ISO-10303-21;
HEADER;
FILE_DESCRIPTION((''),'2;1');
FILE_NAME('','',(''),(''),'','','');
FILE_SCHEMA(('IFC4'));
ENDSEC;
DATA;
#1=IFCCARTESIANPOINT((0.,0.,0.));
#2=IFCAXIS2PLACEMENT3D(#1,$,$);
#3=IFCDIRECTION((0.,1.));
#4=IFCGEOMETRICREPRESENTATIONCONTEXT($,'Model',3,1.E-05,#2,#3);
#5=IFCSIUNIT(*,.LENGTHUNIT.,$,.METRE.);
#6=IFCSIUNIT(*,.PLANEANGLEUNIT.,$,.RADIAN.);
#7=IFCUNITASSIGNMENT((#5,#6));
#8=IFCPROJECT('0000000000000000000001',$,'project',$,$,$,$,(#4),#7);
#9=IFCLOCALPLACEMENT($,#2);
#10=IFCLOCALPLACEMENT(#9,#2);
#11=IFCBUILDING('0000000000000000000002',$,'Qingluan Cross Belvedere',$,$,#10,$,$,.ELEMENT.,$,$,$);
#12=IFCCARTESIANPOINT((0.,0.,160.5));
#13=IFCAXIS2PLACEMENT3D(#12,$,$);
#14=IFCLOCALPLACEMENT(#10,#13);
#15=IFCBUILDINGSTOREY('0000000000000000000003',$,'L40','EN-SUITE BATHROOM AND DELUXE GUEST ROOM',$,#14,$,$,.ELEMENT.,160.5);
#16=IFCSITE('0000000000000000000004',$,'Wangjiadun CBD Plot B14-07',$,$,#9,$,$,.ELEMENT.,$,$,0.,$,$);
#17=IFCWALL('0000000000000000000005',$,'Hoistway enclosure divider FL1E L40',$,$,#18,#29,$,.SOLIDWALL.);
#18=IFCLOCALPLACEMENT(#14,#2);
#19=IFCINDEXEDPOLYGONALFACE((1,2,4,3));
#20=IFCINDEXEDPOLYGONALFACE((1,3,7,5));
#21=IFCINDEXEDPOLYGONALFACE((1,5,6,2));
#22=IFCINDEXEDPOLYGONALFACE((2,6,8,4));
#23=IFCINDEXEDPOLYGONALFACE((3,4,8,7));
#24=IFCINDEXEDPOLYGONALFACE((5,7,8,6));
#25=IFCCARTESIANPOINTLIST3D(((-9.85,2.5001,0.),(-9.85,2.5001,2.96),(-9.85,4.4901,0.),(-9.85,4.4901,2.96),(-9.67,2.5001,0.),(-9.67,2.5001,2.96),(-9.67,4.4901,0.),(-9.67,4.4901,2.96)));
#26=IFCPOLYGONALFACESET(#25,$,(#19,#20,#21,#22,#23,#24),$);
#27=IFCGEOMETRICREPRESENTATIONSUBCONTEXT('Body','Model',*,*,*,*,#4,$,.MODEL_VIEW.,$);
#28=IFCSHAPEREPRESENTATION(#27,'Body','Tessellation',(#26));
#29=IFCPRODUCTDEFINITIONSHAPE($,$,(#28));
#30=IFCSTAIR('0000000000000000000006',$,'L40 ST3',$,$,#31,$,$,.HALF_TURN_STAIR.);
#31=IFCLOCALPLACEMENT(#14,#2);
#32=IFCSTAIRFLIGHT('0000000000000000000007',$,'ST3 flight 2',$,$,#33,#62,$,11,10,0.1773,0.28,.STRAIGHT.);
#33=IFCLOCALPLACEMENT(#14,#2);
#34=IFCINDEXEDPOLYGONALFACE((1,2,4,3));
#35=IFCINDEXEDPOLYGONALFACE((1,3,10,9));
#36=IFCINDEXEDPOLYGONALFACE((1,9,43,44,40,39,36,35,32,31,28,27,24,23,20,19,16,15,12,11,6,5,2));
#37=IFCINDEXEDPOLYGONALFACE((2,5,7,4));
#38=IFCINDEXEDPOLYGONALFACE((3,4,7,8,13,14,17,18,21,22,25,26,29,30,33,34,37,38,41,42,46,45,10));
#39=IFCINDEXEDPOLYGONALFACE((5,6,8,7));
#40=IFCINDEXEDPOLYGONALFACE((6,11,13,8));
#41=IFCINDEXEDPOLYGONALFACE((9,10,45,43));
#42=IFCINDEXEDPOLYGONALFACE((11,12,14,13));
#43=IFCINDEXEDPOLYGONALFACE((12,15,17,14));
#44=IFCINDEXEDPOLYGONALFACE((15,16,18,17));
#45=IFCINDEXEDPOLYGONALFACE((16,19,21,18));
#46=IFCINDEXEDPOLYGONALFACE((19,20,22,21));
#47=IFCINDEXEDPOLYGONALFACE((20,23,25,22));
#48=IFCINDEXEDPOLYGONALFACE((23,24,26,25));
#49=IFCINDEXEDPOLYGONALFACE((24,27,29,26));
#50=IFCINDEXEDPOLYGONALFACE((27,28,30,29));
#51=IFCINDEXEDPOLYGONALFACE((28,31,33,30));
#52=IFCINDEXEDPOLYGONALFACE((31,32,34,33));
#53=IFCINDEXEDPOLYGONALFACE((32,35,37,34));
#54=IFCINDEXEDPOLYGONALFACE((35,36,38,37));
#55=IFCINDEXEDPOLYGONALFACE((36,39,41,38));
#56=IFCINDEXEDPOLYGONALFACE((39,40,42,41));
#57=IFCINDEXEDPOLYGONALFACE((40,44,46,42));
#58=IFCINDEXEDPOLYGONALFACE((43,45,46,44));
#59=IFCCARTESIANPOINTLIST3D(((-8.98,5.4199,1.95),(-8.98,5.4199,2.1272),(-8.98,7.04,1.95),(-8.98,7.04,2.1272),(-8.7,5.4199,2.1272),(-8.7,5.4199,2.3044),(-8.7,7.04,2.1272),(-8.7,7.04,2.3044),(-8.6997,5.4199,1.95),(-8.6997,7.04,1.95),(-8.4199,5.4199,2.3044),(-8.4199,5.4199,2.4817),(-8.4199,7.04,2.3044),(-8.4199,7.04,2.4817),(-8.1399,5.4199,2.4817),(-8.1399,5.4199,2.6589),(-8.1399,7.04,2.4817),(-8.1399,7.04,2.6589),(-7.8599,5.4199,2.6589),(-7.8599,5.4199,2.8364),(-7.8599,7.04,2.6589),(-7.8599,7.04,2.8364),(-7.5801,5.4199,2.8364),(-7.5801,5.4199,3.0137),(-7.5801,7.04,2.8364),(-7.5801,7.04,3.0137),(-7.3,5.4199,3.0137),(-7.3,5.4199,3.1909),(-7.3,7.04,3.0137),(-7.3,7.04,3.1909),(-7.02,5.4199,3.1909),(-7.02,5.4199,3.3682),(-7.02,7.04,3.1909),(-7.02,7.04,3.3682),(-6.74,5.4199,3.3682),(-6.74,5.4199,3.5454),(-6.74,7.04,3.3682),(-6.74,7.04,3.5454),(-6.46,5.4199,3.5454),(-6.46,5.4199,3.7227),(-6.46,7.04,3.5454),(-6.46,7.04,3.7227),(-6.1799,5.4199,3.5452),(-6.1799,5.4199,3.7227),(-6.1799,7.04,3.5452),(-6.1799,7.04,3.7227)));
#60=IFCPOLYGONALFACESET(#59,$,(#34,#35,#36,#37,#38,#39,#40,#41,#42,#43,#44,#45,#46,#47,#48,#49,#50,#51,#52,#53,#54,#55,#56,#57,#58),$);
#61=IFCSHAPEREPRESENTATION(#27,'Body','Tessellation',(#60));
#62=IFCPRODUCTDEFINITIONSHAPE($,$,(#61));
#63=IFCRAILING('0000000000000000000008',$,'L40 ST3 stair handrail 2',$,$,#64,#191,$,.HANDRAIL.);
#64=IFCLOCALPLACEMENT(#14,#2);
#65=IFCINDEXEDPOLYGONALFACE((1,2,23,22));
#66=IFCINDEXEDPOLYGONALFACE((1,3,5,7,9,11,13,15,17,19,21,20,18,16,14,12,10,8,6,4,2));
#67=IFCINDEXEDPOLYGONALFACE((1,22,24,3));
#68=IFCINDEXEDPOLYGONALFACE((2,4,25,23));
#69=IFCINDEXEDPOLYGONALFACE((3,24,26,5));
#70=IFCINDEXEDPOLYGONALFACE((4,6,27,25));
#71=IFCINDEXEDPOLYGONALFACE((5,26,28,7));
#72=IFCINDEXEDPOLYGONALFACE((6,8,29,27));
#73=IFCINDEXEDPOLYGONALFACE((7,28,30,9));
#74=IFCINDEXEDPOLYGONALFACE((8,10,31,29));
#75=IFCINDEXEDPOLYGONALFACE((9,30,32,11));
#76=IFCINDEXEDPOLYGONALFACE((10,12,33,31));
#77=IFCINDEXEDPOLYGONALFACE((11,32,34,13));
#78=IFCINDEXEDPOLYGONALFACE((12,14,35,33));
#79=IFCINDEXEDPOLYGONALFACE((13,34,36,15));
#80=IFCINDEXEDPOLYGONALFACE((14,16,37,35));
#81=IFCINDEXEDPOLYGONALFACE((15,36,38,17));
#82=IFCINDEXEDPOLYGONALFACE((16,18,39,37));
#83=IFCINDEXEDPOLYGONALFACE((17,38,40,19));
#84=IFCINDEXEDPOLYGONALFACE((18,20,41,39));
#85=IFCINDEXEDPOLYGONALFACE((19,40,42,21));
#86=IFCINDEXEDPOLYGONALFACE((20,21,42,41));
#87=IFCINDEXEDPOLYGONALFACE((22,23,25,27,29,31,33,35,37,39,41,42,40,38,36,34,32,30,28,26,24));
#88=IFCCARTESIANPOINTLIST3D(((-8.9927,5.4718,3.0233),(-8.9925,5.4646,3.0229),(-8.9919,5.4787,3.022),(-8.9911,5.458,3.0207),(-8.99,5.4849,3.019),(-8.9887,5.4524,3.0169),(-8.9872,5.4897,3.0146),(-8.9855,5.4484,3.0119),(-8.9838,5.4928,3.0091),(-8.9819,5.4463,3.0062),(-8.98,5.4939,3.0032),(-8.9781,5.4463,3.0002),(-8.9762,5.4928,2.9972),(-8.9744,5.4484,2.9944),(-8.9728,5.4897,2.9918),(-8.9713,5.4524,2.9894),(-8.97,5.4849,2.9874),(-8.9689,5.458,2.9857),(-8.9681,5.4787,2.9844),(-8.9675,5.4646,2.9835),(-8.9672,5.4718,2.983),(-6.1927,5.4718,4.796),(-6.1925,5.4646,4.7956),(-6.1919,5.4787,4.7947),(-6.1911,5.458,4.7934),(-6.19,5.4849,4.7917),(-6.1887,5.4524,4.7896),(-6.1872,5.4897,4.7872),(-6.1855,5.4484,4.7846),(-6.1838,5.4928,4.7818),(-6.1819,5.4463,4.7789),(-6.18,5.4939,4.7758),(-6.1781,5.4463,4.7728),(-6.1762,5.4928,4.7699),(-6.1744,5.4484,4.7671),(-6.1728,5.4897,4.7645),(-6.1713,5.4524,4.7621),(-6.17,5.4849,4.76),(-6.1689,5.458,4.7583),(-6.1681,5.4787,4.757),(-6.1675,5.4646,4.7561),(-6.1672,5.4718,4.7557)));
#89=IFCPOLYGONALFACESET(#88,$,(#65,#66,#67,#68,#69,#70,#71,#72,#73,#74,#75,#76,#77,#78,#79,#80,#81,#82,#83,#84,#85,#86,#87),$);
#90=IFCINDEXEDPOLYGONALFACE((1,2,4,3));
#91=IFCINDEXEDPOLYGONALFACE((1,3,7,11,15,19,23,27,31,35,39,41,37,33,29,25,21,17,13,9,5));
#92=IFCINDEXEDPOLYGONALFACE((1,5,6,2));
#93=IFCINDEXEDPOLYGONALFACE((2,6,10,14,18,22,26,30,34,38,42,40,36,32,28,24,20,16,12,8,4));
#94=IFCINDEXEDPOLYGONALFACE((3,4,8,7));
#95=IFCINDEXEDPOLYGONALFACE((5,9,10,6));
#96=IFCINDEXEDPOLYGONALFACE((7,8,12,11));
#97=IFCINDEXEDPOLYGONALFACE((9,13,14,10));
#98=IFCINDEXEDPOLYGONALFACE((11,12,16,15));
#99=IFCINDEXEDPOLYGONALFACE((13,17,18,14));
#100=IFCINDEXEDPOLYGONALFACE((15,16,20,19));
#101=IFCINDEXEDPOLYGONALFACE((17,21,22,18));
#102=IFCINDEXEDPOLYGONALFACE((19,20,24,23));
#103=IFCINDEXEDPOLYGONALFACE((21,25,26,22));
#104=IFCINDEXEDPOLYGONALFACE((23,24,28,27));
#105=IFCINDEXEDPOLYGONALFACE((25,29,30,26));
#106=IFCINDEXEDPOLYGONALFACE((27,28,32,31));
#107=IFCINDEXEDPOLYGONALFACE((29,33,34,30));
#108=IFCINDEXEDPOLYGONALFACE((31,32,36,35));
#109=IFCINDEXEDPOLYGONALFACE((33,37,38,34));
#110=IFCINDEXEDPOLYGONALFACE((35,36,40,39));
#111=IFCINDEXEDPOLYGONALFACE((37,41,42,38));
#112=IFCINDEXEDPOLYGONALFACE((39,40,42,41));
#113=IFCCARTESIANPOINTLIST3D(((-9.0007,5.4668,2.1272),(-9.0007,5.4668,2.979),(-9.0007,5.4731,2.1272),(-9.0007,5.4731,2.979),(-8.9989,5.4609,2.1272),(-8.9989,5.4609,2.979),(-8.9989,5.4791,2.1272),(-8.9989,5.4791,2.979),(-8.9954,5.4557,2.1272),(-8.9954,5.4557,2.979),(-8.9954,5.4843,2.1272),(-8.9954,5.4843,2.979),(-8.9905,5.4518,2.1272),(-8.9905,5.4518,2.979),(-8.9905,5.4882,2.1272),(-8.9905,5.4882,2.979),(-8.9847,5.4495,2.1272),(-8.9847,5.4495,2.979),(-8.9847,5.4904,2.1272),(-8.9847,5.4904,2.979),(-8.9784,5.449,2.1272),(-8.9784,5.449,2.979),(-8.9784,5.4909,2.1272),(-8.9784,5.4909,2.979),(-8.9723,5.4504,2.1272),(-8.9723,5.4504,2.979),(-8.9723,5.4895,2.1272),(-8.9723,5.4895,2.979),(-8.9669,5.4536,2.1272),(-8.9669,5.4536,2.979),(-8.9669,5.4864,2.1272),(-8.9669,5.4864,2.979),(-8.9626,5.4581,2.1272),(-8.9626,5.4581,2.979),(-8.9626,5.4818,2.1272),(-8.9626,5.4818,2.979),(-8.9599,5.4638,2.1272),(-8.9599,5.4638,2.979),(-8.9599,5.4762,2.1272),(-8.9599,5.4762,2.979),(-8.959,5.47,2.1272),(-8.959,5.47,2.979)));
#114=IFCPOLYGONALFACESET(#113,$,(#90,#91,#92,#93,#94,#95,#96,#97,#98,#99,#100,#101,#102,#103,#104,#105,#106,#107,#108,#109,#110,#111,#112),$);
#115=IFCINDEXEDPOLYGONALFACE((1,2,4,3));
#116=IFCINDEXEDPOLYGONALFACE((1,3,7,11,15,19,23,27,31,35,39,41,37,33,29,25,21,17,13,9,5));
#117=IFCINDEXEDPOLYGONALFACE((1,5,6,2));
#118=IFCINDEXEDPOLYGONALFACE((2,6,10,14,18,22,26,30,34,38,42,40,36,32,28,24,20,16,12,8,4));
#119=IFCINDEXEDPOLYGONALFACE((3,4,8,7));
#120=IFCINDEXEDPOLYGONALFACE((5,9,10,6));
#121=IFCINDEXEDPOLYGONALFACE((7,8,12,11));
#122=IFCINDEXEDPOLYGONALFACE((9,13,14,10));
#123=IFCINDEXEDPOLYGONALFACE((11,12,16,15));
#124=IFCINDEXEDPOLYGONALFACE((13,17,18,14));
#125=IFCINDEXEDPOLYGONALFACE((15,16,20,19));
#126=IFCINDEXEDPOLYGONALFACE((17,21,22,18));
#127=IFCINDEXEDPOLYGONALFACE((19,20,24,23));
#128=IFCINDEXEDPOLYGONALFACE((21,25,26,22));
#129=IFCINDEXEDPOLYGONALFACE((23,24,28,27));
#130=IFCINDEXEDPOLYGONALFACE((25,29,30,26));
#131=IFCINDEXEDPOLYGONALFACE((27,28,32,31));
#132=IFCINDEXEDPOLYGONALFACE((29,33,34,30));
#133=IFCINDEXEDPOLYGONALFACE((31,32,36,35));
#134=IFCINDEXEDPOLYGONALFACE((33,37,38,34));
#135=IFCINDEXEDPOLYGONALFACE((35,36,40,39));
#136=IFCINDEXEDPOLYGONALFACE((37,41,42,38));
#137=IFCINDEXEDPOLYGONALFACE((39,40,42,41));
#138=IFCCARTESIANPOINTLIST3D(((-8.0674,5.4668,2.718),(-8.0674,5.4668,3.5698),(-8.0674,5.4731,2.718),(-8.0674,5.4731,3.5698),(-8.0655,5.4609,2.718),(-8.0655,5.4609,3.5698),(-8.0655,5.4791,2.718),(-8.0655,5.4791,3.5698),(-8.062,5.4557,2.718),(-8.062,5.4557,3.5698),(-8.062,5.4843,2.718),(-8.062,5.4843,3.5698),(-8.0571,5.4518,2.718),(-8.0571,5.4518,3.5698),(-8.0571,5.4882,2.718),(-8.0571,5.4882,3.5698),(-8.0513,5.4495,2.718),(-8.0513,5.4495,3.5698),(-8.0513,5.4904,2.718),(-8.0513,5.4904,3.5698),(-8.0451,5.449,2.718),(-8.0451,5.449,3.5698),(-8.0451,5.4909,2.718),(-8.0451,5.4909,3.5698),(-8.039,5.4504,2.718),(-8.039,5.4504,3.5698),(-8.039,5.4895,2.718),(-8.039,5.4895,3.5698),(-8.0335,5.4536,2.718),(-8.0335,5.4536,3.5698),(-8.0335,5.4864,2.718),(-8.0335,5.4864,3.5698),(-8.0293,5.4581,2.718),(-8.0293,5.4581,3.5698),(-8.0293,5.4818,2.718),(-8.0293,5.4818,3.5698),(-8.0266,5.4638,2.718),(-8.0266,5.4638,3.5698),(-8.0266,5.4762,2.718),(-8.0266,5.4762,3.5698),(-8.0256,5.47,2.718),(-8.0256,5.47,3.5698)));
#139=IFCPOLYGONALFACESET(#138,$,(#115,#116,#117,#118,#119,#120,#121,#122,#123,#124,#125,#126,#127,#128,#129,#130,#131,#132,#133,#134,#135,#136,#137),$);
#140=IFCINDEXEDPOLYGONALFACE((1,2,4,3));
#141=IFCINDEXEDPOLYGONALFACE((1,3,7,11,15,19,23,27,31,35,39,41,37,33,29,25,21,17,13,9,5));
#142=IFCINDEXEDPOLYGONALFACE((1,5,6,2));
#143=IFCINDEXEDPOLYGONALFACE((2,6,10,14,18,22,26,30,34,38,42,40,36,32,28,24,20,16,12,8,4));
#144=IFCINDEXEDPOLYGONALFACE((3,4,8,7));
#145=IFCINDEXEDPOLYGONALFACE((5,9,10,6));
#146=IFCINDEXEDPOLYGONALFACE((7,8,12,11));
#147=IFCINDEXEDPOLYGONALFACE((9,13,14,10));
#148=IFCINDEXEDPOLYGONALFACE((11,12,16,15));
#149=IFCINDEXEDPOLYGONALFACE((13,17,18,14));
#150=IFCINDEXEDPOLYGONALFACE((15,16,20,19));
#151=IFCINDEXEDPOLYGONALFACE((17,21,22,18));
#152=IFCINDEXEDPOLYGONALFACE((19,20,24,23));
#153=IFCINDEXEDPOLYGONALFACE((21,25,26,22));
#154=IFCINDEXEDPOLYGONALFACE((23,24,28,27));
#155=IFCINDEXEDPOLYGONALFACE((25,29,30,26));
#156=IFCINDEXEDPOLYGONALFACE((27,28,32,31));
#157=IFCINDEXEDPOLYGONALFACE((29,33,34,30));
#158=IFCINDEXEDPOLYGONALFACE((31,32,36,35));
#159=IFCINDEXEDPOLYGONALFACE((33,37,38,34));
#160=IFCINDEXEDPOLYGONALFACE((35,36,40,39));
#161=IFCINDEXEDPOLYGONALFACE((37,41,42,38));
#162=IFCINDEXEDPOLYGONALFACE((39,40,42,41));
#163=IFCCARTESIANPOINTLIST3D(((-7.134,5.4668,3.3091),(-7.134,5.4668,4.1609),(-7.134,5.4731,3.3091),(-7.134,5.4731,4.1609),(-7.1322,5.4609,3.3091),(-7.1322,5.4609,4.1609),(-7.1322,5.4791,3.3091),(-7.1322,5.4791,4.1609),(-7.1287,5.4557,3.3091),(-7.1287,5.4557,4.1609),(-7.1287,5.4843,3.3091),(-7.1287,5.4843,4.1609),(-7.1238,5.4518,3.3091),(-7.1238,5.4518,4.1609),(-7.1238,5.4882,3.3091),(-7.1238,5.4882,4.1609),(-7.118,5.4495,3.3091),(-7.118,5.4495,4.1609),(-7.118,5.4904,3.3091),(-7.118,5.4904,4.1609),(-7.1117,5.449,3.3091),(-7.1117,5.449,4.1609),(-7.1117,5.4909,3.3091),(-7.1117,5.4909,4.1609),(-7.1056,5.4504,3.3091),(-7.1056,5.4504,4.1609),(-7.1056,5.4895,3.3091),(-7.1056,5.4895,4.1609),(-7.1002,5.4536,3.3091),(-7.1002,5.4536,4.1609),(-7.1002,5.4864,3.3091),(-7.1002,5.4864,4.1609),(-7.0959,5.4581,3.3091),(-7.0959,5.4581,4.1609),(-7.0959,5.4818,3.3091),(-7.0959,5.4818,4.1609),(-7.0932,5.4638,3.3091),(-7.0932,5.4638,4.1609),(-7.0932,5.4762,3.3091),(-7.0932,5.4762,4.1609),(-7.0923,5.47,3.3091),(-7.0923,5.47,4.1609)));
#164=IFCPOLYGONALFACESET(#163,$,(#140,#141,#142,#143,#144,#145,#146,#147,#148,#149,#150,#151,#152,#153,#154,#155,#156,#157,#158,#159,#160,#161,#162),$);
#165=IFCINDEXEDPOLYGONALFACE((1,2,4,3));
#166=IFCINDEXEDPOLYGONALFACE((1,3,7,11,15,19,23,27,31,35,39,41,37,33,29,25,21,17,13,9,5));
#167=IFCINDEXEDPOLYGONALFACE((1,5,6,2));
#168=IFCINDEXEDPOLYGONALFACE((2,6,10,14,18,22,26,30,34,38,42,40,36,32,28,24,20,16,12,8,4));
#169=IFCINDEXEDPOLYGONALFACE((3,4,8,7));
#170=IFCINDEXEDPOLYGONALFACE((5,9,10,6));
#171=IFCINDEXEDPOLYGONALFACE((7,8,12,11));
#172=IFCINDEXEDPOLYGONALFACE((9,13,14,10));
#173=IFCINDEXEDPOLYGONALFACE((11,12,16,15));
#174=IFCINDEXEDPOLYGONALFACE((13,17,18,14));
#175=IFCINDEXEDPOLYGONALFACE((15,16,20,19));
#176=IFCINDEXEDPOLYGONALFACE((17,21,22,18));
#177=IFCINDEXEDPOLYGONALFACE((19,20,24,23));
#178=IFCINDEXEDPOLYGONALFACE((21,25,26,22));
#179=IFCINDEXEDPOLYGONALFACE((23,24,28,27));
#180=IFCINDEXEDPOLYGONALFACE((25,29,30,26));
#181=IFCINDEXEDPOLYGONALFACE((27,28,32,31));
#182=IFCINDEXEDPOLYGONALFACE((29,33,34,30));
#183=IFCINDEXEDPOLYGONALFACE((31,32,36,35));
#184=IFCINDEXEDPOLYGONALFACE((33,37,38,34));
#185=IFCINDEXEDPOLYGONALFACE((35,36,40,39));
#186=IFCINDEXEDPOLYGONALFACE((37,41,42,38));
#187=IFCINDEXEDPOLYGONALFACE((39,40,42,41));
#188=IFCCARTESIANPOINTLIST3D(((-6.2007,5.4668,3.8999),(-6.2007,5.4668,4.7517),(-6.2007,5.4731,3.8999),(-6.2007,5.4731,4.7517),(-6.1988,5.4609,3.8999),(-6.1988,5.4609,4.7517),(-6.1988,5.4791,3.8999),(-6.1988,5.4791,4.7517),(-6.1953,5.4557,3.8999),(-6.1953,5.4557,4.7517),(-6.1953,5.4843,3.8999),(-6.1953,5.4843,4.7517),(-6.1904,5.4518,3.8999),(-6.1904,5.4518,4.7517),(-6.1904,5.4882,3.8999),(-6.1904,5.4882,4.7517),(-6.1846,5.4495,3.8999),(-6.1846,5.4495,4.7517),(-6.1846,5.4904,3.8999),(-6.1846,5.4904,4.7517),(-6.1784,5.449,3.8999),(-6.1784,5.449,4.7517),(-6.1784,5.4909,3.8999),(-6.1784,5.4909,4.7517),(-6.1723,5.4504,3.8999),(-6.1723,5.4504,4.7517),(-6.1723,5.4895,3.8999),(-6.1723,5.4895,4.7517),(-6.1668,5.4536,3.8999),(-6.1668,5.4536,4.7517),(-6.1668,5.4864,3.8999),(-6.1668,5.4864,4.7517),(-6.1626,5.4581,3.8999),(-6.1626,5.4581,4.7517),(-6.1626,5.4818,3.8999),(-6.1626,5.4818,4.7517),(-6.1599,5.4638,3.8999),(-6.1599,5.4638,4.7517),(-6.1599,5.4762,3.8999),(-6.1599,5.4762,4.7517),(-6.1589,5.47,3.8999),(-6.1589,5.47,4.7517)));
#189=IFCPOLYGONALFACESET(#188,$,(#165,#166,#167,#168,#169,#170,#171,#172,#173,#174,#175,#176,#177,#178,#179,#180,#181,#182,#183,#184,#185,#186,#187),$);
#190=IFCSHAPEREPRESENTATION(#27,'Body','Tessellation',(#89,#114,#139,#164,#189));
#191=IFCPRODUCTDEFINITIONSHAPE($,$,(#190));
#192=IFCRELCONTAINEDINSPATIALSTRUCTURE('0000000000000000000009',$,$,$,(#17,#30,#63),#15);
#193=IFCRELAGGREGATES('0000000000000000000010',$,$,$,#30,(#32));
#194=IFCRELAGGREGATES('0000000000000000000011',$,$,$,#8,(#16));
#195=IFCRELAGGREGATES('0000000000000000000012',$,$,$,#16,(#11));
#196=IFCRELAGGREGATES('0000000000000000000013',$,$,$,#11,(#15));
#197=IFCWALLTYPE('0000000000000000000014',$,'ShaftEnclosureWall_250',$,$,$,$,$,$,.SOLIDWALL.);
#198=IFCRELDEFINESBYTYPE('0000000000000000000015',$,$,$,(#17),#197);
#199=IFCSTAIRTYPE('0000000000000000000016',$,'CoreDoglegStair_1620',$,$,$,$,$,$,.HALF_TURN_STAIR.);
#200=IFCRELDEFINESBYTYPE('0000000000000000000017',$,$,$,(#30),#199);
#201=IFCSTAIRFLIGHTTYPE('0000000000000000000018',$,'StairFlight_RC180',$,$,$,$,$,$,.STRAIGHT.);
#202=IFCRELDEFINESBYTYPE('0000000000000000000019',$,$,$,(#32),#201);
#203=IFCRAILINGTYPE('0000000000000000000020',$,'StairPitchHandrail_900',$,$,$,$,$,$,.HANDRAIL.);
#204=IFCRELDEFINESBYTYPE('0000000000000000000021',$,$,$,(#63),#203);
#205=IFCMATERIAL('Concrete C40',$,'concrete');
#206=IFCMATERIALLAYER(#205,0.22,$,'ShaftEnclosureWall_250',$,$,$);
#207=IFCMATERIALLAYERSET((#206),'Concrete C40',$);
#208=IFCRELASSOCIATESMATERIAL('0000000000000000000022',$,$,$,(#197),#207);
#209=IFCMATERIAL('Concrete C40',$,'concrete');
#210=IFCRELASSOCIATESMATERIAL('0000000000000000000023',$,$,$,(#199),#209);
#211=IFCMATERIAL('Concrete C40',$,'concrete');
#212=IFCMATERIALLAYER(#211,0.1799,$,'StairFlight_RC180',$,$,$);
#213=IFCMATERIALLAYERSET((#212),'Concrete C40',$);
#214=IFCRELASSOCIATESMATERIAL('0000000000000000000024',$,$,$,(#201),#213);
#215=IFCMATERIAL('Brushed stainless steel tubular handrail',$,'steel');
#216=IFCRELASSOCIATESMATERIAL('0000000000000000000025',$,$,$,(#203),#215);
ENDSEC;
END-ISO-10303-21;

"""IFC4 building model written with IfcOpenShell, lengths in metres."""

from ifc_helpers import new_model, si_unit, direction, frame, frame_2d, origin, origin_2d, place, context, subcontext, project, spatial, polyline, rectangle, circle, outline, extrude, material, layer, layer_set, type_object, element, aggregate, save


model = new_model("IFC4")

# Units and contexts
model_context = context("Model", 3, precision=1e-05, world=origin(), true_north=direction((0.0, 1.0)))
body_context = subcontext(model_context, "Body", "Model", "MODEL_VIEW")
ifc_project = project(units=[si_unit("LENGTHUNIT", "METRE"), si_unit("PLANEANGLEUNIT", "RADIAN")], contexts=[model_context])

# Site, building, storey
site_placement = place(None, origin())
site = spatial("IfcSite", under=ifc_project, at=site_placement, Name="Wangjiadun CBD Plot B14-07", CompositionType="ELEMENT", RefElevation=0.0)
building_placement = place(site_placement, origin())
building = spatial("IfcBuilding", under=site, at=building_placement, Name="Qingluan Cross Belvedere", CompositionType="ELEMENT")
storey_placement = place(building_placement, frame((0.0, 0.0, 160.5)))
storey = spatial("IfcBuildingStorey", under=building, at=storey_placement, Name="L40", Description="EN-SUITE BATHROOM AND DELUXE GUEST ROOM", CompositionType="ELEMENT", Elevation=160.5)

# Shared definitions
ifc_material_1 = material(Name="Concrete C40", Category="concrete")
ifc_layer_1 = layer(ifc_material_1, 0.22, Name="ShaftEnclosureWall_250")
ifc_layer_set_1 = layer_set([ifc_layer_1], Name="Concrete C40")
wall_type_1 = type_object("IfcWallType", Name="ShaftEnclosureWall_250", PredefinedType="SOLIDWALL", material=ifc_layer_set_1)

# Wall
wall_1_placement = place(storey_placement, frame((-9.76, 2.5, 0.0), z_axis=(0.0, 0.0, 1.0), x_axis=(0.0, 1.0, 0.0)))
element("IfcWall", 1, at=wall_1_placement, inside=storey, type_object=wall_type_1, Name="Hoistway enclosure divider FL1E L40", PredefinedType="SOLIDWALL", context=body_context, shape_type="SweptSolid", body=[
    extrude(rectangle(XDim=1.99, YDim=0.1799, at=frame_2d((0.9951, 0.0))), origin(), (0.0, 0.0, 1.0), 2.96),
])

# Stair, stair flight
ifc_material_2 = material(Name="Concrete C40", Category="concrete")
stair_type = type_object("IfcStairType", Name="CoreDoglegStair_1620", PredefinedType="HALF_TURN_STAIR", material=ifc_material_2)
stair_placement = place(storey_placement, origin())
stair = element("IfcStair", 2, at=stair_placement, inside=storey, type_object=stair_type, Name="L40 ST3", PredefinedType="HALF_TURN_STAIR")
ifc_material_3 = material(Name="Concrete C40", Category="concrete")
ifc_layer_2 = layer(ifc_material_3, 0.1799, Name="StairFlight_RC180")
ifc_layer_set_2 = layer_set([ifc_layer_2], Name="Concrete C40")
stair_flight_type = type_object("IfcStairFlightType", Name="StairFlight_RC180", PredefinedType="STRAIGHT", material=ifc_layer_set_2)
stair_flight_placement = place(storey_placement, frame((-8.98, 6.23, 1.95), z_axis=(0.0, 0.0, 1.0), x_axis=(1.0, 0.0, 0.0)))
stair_flight = element("IfcStairFlight", 3, at=stair_flight_placement, type_object=stair_flight_type, Name="ST3 flight 2", NumberOfRisers=11, NumberOfTreads=10, PredefinedType="STRAIGHT", RiserHeight=0.1773, TreadLength=0.28, context=body_context, shape_type="SweptSolid", body=[
    extrude(outline(polyline([(0.0, 0.0), (0.0, 0.1772), (0.28, 0.1772), (0.28, 0.3545), (0.5601, 0.3545), (0.5601, 0.5317), (0.8401, 0.5317), (0.8401, 0.709), (1.1201, 0.709), (1.1201, 0.8865), (1.3999, 0.8865), (1.3999, 1.0637), (1.6799, 1.0637), (1.6799, 1.241), (1.96, 1.241), (1.96, 1.4182), (2.24, 1.4182), (2.24, 1.5955), (2.52, 1.5955), (2.52, 1.7727), (2.8, 1.7727), (2.8, 1.95), (2.8, 1.5952), (0.2803, 0.0), (0.0, 0.0)])), frame((0.0, 0.8101, 0.0), z_axis=(0.0, -1.0, 0.0), x_axis=(1.0, 0.0, 0.0)), (0.0, 0.0, 1.0), 1.6201),
])
aggregate(stair, [stair_flight])

# Railing
ifc_material_4 = material(Name="Brushed stainless steel tubular handrail", Category="steel")
railing_type_1 = type_object("IfcRailingType", Name="StairPitchHandrail_900", PredefinedType="HANDRAIL", material=ifc_material_4)
railing_1_placement = place(storey_placement, frame((-8.98, 5.47, 2.1272)))
element("IfcRailing", 4, at=railing_1_placement, inside=storey, type_object=railing_type_1, Name="L40 ST3 stair handrail 2", PredefinedType="HANDRAIL", context=body_context, shape_type="SweptSolid", body=[
    extrude(circle(Radius=0.0239, at=origin_2d()), frame((0.0, 0.0, 0.876), z_axis=(0.844909, 0.0, 0.53491), x_axis=(0.0, 1.0, 0.0)), (0.0, 0.0, 1.0), 3.314),
    extrude(circle(Radius=0.021, at=origin_2d()), origin(), (0.0, 0.0, 1.0), 0.8518),
    extrude(circle(Radius=0.021, at=origin_2d()), frame((0.9333, 0.0, 0.5908)), (0.0, 0.0, 1.0), 0.8518),
    extrude(circle(Radius=0.021, at=origin_2d()), frame((1.8667, 0.0, 1.1819)), (0.0, 0.0, 1.0), 0.8518),
    extrude(circle(Radius=0.021, at=origin_2d()), frame((2.8, 0.0, 1.7727)), (0.0, 0.0, 1.0), 0.8518),
])

save(model, "model.ifc")
